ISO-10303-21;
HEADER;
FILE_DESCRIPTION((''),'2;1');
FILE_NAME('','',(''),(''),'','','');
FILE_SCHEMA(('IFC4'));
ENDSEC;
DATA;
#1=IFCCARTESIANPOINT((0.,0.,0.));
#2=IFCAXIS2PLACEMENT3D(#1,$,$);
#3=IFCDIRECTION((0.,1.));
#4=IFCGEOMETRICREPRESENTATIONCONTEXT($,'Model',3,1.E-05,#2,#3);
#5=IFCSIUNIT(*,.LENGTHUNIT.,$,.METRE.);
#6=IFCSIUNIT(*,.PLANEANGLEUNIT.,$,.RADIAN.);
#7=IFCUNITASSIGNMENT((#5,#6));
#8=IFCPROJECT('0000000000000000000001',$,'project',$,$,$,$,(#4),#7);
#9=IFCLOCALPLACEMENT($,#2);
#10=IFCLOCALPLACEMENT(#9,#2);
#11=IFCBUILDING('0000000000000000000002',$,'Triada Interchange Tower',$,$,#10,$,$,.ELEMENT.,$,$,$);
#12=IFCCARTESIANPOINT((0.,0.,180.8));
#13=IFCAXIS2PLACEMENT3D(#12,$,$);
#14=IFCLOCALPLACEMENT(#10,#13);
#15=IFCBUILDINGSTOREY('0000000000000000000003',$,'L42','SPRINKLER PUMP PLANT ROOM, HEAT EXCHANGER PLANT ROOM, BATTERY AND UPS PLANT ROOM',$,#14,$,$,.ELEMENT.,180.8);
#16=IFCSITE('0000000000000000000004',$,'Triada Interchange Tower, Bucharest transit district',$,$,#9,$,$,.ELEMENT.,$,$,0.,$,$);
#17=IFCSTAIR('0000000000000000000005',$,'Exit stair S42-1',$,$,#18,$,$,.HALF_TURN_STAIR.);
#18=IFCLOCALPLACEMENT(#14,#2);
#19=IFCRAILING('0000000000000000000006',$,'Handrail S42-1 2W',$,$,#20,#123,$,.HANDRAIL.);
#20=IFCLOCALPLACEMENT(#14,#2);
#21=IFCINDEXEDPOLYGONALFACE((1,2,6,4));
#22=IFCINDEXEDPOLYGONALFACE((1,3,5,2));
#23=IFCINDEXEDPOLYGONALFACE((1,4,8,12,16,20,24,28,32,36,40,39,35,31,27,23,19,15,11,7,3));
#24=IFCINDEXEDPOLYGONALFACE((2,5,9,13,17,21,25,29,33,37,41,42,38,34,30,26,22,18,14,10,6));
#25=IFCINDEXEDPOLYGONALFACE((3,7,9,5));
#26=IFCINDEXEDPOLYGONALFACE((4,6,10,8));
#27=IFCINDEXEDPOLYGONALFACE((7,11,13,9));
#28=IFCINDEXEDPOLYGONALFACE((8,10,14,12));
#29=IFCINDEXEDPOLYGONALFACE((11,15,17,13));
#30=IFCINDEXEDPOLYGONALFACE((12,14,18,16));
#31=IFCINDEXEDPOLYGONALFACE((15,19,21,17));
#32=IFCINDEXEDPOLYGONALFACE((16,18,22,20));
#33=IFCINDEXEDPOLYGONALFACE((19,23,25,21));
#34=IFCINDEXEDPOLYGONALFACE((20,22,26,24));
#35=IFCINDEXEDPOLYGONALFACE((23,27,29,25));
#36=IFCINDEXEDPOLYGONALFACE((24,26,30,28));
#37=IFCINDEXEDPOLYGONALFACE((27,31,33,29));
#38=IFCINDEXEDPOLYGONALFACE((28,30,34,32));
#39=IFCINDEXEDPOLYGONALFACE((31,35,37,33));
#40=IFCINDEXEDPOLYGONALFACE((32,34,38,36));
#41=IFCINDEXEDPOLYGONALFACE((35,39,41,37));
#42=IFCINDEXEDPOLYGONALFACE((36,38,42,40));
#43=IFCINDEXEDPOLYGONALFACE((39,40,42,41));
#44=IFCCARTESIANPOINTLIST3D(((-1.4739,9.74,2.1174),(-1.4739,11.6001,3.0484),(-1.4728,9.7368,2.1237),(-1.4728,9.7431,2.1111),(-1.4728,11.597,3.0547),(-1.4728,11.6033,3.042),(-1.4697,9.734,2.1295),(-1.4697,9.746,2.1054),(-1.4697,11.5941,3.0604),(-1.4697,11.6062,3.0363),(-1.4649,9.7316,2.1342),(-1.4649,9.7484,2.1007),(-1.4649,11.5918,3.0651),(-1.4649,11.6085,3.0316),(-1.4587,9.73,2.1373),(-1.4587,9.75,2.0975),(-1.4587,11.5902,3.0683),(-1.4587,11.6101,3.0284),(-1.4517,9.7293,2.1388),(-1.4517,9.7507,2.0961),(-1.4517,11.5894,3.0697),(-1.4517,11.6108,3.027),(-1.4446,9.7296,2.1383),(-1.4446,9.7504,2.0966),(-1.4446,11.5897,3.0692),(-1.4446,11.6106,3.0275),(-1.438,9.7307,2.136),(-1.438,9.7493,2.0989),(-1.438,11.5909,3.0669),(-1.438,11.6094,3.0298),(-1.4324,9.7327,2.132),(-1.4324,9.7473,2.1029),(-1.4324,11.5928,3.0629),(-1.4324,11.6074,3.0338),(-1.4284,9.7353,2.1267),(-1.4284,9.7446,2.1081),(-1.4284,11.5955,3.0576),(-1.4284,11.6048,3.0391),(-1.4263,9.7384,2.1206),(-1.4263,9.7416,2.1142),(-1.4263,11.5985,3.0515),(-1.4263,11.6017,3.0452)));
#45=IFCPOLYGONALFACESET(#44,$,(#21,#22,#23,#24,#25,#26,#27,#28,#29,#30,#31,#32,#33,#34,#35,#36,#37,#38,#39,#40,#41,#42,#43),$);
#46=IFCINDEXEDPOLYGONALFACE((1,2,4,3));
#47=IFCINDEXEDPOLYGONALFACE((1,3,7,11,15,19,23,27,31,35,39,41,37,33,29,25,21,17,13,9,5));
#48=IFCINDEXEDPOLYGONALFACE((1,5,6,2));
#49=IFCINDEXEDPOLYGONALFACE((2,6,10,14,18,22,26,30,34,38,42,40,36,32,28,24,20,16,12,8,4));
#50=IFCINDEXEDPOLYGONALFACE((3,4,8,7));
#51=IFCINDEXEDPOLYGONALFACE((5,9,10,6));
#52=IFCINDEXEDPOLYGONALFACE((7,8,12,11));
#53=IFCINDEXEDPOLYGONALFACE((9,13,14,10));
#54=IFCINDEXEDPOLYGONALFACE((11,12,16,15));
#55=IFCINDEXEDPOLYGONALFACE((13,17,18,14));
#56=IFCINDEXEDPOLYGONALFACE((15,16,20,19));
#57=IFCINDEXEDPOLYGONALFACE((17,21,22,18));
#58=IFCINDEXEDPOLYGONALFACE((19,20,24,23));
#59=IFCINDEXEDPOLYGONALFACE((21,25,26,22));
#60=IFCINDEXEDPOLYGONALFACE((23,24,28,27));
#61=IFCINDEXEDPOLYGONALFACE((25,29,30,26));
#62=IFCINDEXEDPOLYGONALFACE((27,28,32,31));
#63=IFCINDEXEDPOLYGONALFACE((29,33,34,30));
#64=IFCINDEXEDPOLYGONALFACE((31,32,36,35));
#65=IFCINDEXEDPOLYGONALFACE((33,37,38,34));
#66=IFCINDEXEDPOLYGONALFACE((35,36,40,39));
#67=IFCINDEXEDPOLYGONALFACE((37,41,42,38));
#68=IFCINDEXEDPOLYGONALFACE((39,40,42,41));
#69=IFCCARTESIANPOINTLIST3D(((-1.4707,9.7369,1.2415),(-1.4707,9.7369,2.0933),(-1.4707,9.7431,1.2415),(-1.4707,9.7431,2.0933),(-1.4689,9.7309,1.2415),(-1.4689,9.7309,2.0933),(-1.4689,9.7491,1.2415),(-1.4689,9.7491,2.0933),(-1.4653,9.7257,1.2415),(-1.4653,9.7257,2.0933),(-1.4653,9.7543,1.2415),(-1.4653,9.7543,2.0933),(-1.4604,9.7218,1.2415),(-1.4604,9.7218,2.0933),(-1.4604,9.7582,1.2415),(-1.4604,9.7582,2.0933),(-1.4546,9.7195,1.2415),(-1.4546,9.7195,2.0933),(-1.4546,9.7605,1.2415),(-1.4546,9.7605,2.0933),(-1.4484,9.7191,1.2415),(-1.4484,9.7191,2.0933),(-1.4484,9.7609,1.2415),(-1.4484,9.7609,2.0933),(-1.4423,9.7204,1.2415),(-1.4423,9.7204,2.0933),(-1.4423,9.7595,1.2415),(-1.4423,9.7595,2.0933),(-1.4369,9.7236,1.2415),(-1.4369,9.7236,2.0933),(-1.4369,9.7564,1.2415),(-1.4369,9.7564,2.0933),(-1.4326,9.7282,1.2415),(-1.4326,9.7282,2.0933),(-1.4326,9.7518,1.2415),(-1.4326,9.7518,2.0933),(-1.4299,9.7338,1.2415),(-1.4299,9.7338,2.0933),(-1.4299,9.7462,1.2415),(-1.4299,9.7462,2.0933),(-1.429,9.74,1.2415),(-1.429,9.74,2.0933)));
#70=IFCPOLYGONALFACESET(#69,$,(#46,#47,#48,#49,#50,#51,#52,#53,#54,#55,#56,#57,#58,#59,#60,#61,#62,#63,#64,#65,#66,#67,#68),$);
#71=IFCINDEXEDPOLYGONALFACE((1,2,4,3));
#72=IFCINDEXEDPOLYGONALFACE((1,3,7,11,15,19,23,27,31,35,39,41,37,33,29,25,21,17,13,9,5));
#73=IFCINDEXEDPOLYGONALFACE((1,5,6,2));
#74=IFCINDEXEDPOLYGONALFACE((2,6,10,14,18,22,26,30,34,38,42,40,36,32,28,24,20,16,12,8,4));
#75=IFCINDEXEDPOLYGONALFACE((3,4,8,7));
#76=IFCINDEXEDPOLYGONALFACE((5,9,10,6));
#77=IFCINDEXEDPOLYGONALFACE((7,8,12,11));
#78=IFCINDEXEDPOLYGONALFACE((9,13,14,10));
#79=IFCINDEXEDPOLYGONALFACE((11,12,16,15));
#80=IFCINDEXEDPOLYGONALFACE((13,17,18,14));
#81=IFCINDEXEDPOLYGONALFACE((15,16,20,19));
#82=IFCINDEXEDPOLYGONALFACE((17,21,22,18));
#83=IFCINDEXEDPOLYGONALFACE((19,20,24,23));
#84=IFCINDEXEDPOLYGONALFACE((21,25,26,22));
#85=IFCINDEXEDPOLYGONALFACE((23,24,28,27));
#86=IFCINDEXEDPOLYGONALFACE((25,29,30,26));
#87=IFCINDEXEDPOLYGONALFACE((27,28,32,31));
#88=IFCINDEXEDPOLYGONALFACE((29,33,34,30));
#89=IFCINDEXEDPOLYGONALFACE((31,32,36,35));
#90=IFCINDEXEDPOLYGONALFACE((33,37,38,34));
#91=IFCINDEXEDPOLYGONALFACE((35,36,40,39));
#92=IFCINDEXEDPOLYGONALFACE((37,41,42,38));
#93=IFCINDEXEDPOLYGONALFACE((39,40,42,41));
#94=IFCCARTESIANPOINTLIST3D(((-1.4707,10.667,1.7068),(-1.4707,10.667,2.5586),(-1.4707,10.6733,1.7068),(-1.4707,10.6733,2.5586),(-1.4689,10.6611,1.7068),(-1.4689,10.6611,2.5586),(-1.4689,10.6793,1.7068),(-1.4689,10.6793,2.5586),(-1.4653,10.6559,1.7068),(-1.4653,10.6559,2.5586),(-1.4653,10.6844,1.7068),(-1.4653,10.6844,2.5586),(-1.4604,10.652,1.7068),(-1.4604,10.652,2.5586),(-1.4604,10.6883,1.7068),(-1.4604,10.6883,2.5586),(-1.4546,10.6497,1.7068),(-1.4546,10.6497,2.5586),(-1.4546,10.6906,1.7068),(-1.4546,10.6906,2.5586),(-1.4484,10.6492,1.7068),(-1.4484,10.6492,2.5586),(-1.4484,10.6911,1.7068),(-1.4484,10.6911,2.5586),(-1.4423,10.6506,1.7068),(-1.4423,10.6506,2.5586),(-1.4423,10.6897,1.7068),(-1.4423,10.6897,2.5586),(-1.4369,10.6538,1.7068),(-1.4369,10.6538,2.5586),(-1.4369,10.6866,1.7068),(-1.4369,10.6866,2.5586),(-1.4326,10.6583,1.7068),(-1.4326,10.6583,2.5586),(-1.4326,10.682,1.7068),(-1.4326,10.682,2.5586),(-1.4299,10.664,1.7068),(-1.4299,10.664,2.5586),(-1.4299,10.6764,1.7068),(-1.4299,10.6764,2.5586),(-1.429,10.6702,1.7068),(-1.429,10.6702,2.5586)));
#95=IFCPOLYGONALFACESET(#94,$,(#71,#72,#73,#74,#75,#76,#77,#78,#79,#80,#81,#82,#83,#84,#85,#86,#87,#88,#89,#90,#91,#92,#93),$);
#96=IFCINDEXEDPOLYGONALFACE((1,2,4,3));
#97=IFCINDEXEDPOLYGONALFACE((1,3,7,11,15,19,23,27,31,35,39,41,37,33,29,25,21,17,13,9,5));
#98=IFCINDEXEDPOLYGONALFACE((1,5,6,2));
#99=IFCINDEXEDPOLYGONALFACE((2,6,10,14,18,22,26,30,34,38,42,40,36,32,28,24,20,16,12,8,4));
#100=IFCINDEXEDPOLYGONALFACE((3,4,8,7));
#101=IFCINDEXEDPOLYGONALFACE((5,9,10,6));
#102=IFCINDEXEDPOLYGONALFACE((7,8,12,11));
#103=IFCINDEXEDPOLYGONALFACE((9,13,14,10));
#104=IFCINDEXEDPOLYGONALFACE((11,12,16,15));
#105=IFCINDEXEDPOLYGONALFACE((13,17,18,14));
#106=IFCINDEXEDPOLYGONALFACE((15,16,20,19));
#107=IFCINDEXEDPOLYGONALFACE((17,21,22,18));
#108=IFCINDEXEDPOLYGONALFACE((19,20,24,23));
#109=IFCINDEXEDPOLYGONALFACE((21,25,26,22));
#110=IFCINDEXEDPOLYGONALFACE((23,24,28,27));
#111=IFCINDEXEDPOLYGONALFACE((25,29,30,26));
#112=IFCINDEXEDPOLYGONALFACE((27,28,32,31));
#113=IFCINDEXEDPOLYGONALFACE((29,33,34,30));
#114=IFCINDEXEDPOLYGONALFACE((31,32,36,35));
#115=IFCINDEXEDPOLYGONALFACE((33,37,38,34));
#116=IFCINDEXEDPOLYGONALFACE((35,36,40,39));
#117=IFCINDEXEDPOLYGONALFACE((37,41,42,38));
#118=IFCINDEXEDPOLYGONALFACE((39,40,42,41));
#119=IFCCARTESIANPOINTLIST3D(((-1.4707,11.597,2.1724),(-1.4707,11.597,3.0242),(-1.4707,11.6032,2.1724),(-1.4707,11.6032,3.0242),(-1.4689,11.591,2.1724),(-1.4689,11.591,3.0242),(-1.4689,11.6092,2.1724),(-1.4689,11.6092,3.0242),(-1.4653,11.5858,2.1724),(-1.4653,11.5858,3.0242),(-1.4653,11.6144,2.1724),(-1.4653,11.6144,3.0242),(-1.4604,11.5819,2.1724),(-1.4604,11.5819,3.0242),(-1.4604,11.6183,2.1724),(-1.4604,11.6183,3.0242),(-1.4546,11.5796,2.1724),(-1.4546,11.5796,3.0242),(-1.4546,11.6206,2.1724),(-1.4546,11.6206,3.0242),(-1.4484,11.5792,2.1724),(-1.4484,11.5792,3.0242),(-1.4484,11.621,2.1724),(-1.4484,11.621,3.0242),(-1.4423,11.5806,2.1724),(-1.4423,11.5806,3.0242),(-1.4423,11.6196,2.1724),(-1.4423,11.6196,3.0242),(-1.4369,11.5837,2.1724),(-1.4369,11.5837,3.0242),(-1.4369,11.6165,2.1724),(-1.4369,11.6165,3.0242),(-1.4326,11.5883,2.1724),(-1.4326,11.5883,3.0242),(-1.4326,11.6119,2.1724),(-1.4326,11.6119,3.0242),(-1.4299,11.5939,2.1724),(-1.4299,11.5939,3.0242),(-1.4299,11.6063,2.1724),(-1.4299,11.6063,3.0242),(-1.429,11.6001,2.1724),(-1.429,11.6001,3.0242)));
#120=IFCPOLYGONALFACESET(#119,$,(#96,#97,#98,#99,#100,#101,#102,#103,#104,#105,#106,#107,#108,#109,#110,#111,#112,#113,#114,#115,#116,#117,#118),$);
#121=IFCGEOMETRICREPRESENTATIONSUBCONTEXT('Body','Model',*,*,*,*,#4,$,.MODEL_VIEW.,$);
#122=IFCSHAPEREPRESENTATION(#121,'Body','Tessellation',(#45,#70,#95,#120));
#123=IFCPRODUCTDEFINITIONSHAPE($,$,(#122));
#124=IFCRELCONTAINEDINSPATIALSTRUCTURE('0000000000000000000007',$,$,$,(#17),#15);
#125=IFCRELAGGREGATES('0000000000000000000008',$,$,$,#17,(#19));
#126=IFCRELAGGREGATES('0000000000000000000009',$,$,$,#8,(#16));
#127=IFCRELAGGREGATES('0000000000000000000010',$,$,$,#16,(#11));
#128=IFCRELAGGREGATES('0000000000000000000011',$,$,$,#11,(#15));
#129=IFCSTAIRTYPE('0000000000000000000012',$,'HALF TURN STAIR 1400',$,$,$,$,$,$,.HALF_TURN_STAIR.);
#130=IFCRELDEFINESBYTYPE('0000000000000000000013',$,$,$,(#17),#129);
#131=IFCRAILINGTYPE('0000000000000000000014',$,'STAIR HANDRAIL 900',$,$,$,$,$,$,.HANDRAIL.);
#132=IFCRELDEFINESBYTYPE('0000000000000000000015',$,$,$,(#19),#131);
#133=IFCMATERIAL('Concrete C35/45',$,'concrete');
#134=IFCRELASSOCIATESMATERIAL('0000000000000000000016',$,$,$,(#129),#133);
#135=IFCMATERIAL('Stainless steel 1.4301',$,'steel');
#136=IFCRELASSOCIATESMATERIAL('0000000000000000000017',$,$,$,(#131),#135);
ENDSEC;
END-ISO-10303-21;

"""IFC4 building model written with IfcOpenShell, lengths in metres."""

from ifc_helpers import new_model, si_unit, direction, frame, origin, origin_2d, place, context, subcontext, project, spatial, circle, extrude, material, type_object, element, aggregate, save


model = new_model("IFC4")

# Units and contexts
model_context = context("Model", 3, precision=1e-05, world=origin(), true_north=direction((0.0, 1.0)))
body_context = subcontext(model_context, "Body", "Model", "MODEL_VIEW")
ifc_project = project(units=[si_unit("LENGTHUNIT", "METRE"), si_unit("PLANEANGLEUNIT", "RADIAN")], contexts=[model_context])

# Site, building, storey
site_placement = place(None, origin())
site = spatial("IfcSite", under=ifc_project, at=site_placement, Name="Triada Interchange Tower, Bucharest transit district", CompositionType="ELEMENT", RefElevation=0.0)
building_placement = place(site_placement, origin())
building = spatial("IfcBuilding", under=site, at=building_placement, Name="Triada Interchange Tower", CompositionType="ELEMENT")
storey_placement = place(building_placement, frame((0.0, 0.0, 180.8)))
storey = spatial("IfcBuildingStorey", under=building, at=storey_placement, Name="L42", Description="SPRINKLER PUMP PLANT ROOM, HEAT EXCHANGER PLANT ROOM, BATTERY AND UPS PLANT ROOM", CompositionType="ELEMENT", Elevation=180.8)

# Stair
ifc_material_1 = material(Name="Concrete C35/45", Category="concrete")
stair_type = type_object("IfcStairType", Name="HALF TURN STAIR 1400", PredefinedType="HALF_TURN_STAIR", material=ifc_material_1)
stair_placement = place(storey_placement, origin())
stair = element("IfcStair", 1, at=stair_placement, inside=storey, type_object=stair_type, Name="Exit stair S42-1", PredefinedType="HALF_TURN_STAIR")

# Railing
ifc_material_2 = material(Name="Stainless steel 1.4301", Category="steel")
railing_type = type_object("IfcRailingType", Name="STAIR HANDRAIL 900", PredefinedType="HANDRAIL", material=ifc_material_2)
railing_1_placement = place(storey_placement, frame((-1.45, 9.74, 1.2415)))
railing_1 = element("IfcRailing", 2, at=railing_1_placement, type_object=railing_type, Name="Handrail S42-1 2W", PredefinedType="HANDRAIL", context=body_context, shape_type="SweptSolid", body=[
    extrude(circle(Radius=0.0239, at=origin_2d()), frame((0.0, 0.0, 0.876), z_axis=(0.0, 0.894263, 0.447542), x_axis=(-1.0, 0.0, 0.0)), (0.0, 0.0, 1.0), 2.0801),
    extrude(circle(Radius=0.021, at=origin_2d()), origin(), (0.0, 0.0, 1.0), 0.8518),
    extrude(circle(Radius=0.021, at=origin_2d()), frame((0.0, 0.9302, 0.4653)), (0.0, 0.0, 1.0), 0.8518),
    extrude(circle(Radius=0.021, at=origin_2d()), frame((0.0, 1.8601, 0.9309)), (0.0, 0.0, 1.0), 0.8518),
])
aggregate(stair, [railing_1])

save(model, "model.ifc")
